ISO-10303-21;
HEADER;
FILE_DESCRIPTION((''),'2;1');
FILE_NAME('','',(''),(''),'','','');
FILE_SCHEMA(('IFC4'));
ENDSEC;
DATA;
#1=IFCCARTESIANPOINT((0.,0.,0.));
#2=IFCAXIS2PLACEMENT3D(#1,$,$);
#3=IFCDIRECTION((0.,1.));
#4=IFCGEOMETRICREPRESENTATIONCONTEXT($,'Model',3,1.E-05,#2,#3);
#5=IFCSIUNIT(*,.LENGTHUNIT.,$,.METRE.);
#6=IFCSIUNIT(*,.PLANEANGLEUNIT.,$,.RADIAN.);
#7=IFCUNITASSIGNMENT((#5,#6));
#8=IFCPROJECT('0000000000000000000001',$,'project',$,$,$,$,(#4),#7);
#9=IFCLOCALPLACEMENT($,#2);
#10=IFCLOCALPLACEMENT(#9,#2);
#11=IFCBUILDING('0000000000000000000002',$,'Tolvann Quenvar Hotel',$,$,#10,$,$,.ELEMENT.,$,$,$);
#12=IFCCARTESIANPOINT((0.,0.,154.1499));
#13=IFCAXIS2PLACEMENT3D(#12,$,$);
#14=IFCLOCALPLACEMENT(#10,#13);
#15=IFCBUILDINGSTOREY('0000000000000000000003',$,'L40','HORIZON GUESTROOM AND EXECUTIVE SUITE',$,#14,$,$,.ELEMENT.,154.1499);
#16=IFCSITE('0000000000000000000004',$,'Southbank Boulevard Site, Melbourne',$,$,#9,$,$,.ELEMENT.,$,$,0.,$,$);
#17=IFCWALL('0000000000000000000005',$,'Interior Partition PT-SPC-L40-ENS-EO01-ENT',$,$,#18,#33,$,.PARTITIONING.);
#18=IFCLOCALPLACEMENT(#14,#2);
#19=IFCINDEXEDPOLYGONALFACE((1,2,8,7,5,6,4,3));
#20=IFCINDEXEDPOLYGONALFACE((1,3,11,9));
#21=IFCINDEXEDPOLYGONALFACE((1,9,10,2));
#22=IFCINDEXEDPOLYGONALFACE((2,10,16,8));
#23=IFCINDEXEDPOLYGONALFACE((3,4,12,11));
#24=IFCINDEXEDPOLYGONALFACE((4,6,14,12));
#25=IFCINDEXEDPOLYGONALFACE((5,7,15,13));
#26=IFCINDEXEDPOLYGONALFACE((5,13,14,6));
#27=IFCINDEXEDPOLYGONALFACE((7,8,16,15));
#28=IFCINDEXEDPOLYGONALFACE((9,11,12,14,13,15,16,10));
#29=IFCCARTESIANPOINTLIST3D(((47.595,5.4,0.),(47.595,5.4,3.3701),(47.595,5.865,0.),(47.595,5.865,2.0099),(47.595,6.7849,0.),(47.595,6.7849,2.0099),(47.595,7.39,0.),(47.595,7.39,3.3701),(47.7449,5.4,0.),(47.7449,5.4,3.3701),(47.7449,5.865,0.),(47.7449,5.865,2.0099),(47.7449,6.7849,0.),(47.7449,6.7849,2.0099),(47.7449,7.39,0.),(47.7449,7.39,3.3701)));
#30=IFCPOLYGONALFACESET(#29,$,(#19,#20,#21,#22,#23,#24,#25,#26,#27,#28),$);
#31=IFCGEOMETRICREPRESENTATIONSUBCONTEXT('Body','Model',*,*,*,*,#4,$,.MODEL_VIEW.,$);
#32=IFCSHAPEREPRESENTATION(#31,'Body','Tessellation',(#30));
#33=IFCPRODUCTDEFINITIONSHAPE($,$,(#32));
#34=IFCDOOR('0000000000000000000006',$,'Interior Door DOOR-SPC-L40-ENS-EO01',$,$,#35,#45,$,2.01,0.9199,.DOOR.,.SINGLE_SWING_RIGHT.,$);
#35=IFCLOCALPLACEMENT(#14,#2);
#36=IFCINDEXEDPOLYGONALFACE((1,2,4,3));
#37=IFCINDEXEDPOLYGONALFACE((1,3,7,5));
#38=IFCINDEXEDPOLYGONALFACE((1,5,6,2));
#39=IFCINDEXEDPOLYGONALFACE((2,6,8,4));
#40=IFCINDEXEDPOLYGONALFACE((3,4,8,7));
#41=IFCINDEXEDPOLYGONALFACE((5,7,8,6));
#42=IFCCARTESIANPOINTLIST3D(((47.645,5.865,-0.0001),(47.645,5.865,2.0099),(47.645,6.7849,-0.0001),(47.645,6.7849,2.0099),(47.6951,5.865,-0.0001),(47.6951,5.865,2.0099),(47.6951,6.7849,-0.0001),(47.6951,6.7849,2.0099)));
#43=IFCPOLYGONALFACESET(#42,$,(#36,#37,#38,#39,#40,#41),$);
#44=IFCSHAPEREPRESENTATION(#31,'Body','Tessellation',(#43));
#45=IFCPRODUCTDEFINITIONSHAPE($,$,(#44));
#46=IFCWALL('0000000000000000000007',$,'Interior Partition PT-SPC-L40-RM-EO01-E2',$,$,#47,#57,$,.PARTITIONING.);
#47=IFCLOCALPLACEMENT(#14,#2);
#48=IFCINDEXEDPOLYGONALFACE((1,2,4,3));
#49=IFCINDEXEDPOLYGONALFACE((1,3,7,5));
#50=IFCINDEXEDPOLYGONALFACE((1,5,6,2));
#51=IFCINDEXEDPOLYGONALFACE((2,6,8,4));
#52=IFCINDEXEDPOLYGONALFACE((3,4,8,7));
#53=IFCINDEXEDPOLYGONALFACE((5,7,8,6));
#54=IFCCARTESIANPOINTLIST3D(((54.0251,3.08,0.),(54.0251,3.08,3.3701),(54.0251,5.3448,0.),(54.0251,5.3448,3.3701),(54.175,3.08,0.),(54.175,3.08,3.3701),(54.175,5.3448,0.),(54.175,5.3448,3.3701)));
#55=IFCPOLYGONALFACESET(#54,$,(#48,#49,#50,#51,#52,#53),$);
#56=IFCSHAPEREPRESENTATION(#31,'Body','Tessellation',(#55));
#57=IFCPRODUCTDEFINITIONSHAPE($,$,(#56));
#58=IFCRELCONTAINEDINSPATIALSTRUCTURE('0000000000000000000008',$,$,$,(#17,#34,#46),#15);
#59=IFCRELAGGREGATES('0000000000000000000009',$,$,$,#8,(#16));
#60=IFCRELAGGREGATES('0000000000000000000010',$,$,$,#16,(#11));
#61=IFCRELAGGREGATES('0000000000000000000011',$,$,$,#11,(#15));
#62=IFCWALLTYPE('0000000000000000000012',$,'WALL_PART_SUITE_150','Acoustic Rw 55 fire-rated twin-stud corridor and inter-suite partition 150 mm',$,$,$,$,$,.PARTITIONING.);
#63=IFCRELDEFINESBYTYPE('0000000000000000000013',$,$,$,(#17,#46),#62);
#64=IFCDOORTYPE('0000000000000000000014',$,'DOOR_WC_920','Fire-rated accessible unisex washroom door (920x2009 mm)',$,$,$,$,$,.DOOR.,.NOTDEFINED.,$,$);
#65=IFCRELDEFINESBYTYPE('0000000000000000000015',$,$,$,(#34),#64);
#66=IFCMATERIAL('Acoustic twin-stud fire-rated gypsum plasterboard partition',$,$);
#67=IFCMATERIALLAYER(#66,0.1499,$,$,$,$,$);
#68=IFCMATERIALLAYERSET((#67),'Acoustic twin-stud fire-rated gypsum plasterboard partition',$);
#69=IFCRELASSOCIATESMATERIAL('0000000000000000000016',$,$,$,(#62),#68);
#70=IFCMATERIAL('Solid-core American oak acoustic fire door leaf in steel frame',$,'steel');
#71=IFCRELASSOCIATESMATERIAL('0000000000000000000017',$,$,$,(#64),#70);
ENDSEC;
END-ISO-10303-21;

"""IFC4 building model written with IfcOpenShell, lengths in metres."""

from ifc_helpers import new_model, si_unit, direction, frame, frame_2d, origin, place, context, subcontext, project, spatial, rectangle, extrude, source, transform, mapped, material, layer, layer_set, type_object, type_shapes, element, fill, save


model = new_model("IFC4")

# Units and contexts
model_context = context("Model", 3, precision=1e-05, world=origin(), true_north=direction((0.0, 1.0)))
body_context = subcontext(model_context, "Body", "Model", "MODEL_VIEW")
ifc_project = project(units=[si_unit("LENGTHUNIT", "METRE"), si_unit("PLANEANGLEUNIT", "RADIAN")], contexts=[model_context])

# Site, building, storey
site_placement = place(None, origin())
site = spatial("IfcSite", under=ifc_project, at=site_placement, Name="Southbank Boulevard Site, Melbourne", CompositionType="ELEMENT", RefElevation=0.0)
building_placement = place(site_placement, origin())
building = spatial("IfcBuilding", under=site, at=building_placement, Name="Tolvann Quenvar Hotel", CompositionType="ELEMENT")
storey_placement = place(building_placement, frame((0.0, 0.0, 154.1499)))
storey = spatial("IfcBuildingStorey", under=building, at=storey_placement, Name="L40", Description="HORIZON GUESTROOM AND EXECUTIVE SUITE", CompositionType="ELEMENT", Elevation=154.1499)

# Wall, opening, door
ifc_material_1 = material(Name="Acoustic twin-stud fire-rated gypsum plasterboard partition")
ifc_layer_1 = layer(ifc_material_1, 0.1499)
ifc_layer_set_1 = layer_set([ifc_layer_1], Name="Acoustic twin-stud fire-rated gypsum plasterboard partition")
wall_type_1 = type_object("IfcWallType", Name="WALL_PART_SUITE_150", Description="Acoustic Rw 55 fire-rated twin-stud corridor and inter-suite partition 150 mm", PredefinedType="PARTITIONING", material=ifc_layer_set_1)
wall_1_placement = place(storey_placement, frame((47.6699, 5.3999, 0.0), z_axis=(0.0, 0.0, 1.0), x_axis=(0.0, 1.0, 0.0)))
wall_1 = element("IfcWall", 1, at=wall_1_placement, inside=storey, type_object=wall_type_1, Name="Interior Partition PT-SPC-L40-ENS-EO01-ENT", PredefinedType="PARTITIONING", context=body_context, shape_type="SweptSolid", body=[
    extrude(rectangle(XDim=1.99, YDim=0.1499, at=frame_2d((0.9951, 0.0))), origin(), (0.0, 0.0, 1.0), 3.3701),
])
opening_1_placement = place(wall_1_placement, frame((0.4651, 0.0, 0.0)))
opening_1 = element("IfcOpeningElement", 2, at=opening_1_placement, cuts=wall_1, PredefinedType="OPENING", context=body_context, shape_type="SweptSolid", body=[
    extrude(rectangle(XDim=0.9199, YDim=2.01, at=frame_2d((0.46, 1.0049))), frame((0.0, 0.085, 0.0), z_axis=(0.0, -1.0, 0.0), x_axis=(1.0, 0.0, 0.0)), (0.0, 0.0, 1.0), 0.1699),
])
ifc_material_2 = material(Name="Solid-core American oak acoustic fire door leaf in steel frame", Category="steel")
door_type_1 = type_object("IfcDoorType", Name="DOOR_WC_920", Description="Fire-rated accessible unisex washroom door (920x2009 mm)", OperationType="NOTDEFINED", PredefinedType="DOOR", material=ifc_material_2)
shared_shape_1 = source(origin(), body_context, "Body", "SweptSolid", [
    extrude(rectangle(XDim=0.9199, YDim=2.01, at=frame_2d((0.46, 1.0049))), frame((0.0, 0.0249, 0.0), z_axis=(0.0, -1.0, 0.0), x_axis=(1.0, 0.0, 0.0)), (0.0, 0.0, 1.0), 0.05),
])
type_shapes(door_type_1, [shared_shape_1])
door_1_placement = place(opening_1_placement, origin())
door_1 = element("IfcDoor", 3, at=door_1_placement, inside=storey, type_object=door_type_1, Name="Interior Door DOOR-SPC-L40-ENS-EO01", OperationType="SINGLE_SWING_RIGHT", OverallHeight=2.01, OverallWidth=0.9199, PredefinedType="DOOR", context=body_context, shape_type="MappedRepresentation", body=[
    mapped(shared_shape_1, transform((0.0, 0.0, 0.0), x_axis=(1.0, 0.0, 0.0), y_axis=(0.0, 1.0, 0.0), z_axis=(0.0, 0.0, 1.0), scale=1.0)),
])
fill(opening_1, door_1)

# Wall
wall_2_placement = place(storey_placement, frame((54.1001, 3.0801, 0.0), z_axis=(0.0, 0.0, 1.0), x_axis=(0.0, 1.0, 0.0)))
element("IfcWall", 4, at=wall_2_placement, inside=storey, type_object=wall_type_1, Name="Interior Partition PT-SPC-L40-RM-EO01-E2", PredefinedType="PARTITIONING", context=body_context, shape_type="SweptSolid", body=[
    extrude(rectangle(XDim=2.2649, YDim=0.1499, at=frame_2d((1.1323, 0.0))), origin(), (0.0, 0.0, 1.0), 3.3701),
])

save(model, "model.ifc")
